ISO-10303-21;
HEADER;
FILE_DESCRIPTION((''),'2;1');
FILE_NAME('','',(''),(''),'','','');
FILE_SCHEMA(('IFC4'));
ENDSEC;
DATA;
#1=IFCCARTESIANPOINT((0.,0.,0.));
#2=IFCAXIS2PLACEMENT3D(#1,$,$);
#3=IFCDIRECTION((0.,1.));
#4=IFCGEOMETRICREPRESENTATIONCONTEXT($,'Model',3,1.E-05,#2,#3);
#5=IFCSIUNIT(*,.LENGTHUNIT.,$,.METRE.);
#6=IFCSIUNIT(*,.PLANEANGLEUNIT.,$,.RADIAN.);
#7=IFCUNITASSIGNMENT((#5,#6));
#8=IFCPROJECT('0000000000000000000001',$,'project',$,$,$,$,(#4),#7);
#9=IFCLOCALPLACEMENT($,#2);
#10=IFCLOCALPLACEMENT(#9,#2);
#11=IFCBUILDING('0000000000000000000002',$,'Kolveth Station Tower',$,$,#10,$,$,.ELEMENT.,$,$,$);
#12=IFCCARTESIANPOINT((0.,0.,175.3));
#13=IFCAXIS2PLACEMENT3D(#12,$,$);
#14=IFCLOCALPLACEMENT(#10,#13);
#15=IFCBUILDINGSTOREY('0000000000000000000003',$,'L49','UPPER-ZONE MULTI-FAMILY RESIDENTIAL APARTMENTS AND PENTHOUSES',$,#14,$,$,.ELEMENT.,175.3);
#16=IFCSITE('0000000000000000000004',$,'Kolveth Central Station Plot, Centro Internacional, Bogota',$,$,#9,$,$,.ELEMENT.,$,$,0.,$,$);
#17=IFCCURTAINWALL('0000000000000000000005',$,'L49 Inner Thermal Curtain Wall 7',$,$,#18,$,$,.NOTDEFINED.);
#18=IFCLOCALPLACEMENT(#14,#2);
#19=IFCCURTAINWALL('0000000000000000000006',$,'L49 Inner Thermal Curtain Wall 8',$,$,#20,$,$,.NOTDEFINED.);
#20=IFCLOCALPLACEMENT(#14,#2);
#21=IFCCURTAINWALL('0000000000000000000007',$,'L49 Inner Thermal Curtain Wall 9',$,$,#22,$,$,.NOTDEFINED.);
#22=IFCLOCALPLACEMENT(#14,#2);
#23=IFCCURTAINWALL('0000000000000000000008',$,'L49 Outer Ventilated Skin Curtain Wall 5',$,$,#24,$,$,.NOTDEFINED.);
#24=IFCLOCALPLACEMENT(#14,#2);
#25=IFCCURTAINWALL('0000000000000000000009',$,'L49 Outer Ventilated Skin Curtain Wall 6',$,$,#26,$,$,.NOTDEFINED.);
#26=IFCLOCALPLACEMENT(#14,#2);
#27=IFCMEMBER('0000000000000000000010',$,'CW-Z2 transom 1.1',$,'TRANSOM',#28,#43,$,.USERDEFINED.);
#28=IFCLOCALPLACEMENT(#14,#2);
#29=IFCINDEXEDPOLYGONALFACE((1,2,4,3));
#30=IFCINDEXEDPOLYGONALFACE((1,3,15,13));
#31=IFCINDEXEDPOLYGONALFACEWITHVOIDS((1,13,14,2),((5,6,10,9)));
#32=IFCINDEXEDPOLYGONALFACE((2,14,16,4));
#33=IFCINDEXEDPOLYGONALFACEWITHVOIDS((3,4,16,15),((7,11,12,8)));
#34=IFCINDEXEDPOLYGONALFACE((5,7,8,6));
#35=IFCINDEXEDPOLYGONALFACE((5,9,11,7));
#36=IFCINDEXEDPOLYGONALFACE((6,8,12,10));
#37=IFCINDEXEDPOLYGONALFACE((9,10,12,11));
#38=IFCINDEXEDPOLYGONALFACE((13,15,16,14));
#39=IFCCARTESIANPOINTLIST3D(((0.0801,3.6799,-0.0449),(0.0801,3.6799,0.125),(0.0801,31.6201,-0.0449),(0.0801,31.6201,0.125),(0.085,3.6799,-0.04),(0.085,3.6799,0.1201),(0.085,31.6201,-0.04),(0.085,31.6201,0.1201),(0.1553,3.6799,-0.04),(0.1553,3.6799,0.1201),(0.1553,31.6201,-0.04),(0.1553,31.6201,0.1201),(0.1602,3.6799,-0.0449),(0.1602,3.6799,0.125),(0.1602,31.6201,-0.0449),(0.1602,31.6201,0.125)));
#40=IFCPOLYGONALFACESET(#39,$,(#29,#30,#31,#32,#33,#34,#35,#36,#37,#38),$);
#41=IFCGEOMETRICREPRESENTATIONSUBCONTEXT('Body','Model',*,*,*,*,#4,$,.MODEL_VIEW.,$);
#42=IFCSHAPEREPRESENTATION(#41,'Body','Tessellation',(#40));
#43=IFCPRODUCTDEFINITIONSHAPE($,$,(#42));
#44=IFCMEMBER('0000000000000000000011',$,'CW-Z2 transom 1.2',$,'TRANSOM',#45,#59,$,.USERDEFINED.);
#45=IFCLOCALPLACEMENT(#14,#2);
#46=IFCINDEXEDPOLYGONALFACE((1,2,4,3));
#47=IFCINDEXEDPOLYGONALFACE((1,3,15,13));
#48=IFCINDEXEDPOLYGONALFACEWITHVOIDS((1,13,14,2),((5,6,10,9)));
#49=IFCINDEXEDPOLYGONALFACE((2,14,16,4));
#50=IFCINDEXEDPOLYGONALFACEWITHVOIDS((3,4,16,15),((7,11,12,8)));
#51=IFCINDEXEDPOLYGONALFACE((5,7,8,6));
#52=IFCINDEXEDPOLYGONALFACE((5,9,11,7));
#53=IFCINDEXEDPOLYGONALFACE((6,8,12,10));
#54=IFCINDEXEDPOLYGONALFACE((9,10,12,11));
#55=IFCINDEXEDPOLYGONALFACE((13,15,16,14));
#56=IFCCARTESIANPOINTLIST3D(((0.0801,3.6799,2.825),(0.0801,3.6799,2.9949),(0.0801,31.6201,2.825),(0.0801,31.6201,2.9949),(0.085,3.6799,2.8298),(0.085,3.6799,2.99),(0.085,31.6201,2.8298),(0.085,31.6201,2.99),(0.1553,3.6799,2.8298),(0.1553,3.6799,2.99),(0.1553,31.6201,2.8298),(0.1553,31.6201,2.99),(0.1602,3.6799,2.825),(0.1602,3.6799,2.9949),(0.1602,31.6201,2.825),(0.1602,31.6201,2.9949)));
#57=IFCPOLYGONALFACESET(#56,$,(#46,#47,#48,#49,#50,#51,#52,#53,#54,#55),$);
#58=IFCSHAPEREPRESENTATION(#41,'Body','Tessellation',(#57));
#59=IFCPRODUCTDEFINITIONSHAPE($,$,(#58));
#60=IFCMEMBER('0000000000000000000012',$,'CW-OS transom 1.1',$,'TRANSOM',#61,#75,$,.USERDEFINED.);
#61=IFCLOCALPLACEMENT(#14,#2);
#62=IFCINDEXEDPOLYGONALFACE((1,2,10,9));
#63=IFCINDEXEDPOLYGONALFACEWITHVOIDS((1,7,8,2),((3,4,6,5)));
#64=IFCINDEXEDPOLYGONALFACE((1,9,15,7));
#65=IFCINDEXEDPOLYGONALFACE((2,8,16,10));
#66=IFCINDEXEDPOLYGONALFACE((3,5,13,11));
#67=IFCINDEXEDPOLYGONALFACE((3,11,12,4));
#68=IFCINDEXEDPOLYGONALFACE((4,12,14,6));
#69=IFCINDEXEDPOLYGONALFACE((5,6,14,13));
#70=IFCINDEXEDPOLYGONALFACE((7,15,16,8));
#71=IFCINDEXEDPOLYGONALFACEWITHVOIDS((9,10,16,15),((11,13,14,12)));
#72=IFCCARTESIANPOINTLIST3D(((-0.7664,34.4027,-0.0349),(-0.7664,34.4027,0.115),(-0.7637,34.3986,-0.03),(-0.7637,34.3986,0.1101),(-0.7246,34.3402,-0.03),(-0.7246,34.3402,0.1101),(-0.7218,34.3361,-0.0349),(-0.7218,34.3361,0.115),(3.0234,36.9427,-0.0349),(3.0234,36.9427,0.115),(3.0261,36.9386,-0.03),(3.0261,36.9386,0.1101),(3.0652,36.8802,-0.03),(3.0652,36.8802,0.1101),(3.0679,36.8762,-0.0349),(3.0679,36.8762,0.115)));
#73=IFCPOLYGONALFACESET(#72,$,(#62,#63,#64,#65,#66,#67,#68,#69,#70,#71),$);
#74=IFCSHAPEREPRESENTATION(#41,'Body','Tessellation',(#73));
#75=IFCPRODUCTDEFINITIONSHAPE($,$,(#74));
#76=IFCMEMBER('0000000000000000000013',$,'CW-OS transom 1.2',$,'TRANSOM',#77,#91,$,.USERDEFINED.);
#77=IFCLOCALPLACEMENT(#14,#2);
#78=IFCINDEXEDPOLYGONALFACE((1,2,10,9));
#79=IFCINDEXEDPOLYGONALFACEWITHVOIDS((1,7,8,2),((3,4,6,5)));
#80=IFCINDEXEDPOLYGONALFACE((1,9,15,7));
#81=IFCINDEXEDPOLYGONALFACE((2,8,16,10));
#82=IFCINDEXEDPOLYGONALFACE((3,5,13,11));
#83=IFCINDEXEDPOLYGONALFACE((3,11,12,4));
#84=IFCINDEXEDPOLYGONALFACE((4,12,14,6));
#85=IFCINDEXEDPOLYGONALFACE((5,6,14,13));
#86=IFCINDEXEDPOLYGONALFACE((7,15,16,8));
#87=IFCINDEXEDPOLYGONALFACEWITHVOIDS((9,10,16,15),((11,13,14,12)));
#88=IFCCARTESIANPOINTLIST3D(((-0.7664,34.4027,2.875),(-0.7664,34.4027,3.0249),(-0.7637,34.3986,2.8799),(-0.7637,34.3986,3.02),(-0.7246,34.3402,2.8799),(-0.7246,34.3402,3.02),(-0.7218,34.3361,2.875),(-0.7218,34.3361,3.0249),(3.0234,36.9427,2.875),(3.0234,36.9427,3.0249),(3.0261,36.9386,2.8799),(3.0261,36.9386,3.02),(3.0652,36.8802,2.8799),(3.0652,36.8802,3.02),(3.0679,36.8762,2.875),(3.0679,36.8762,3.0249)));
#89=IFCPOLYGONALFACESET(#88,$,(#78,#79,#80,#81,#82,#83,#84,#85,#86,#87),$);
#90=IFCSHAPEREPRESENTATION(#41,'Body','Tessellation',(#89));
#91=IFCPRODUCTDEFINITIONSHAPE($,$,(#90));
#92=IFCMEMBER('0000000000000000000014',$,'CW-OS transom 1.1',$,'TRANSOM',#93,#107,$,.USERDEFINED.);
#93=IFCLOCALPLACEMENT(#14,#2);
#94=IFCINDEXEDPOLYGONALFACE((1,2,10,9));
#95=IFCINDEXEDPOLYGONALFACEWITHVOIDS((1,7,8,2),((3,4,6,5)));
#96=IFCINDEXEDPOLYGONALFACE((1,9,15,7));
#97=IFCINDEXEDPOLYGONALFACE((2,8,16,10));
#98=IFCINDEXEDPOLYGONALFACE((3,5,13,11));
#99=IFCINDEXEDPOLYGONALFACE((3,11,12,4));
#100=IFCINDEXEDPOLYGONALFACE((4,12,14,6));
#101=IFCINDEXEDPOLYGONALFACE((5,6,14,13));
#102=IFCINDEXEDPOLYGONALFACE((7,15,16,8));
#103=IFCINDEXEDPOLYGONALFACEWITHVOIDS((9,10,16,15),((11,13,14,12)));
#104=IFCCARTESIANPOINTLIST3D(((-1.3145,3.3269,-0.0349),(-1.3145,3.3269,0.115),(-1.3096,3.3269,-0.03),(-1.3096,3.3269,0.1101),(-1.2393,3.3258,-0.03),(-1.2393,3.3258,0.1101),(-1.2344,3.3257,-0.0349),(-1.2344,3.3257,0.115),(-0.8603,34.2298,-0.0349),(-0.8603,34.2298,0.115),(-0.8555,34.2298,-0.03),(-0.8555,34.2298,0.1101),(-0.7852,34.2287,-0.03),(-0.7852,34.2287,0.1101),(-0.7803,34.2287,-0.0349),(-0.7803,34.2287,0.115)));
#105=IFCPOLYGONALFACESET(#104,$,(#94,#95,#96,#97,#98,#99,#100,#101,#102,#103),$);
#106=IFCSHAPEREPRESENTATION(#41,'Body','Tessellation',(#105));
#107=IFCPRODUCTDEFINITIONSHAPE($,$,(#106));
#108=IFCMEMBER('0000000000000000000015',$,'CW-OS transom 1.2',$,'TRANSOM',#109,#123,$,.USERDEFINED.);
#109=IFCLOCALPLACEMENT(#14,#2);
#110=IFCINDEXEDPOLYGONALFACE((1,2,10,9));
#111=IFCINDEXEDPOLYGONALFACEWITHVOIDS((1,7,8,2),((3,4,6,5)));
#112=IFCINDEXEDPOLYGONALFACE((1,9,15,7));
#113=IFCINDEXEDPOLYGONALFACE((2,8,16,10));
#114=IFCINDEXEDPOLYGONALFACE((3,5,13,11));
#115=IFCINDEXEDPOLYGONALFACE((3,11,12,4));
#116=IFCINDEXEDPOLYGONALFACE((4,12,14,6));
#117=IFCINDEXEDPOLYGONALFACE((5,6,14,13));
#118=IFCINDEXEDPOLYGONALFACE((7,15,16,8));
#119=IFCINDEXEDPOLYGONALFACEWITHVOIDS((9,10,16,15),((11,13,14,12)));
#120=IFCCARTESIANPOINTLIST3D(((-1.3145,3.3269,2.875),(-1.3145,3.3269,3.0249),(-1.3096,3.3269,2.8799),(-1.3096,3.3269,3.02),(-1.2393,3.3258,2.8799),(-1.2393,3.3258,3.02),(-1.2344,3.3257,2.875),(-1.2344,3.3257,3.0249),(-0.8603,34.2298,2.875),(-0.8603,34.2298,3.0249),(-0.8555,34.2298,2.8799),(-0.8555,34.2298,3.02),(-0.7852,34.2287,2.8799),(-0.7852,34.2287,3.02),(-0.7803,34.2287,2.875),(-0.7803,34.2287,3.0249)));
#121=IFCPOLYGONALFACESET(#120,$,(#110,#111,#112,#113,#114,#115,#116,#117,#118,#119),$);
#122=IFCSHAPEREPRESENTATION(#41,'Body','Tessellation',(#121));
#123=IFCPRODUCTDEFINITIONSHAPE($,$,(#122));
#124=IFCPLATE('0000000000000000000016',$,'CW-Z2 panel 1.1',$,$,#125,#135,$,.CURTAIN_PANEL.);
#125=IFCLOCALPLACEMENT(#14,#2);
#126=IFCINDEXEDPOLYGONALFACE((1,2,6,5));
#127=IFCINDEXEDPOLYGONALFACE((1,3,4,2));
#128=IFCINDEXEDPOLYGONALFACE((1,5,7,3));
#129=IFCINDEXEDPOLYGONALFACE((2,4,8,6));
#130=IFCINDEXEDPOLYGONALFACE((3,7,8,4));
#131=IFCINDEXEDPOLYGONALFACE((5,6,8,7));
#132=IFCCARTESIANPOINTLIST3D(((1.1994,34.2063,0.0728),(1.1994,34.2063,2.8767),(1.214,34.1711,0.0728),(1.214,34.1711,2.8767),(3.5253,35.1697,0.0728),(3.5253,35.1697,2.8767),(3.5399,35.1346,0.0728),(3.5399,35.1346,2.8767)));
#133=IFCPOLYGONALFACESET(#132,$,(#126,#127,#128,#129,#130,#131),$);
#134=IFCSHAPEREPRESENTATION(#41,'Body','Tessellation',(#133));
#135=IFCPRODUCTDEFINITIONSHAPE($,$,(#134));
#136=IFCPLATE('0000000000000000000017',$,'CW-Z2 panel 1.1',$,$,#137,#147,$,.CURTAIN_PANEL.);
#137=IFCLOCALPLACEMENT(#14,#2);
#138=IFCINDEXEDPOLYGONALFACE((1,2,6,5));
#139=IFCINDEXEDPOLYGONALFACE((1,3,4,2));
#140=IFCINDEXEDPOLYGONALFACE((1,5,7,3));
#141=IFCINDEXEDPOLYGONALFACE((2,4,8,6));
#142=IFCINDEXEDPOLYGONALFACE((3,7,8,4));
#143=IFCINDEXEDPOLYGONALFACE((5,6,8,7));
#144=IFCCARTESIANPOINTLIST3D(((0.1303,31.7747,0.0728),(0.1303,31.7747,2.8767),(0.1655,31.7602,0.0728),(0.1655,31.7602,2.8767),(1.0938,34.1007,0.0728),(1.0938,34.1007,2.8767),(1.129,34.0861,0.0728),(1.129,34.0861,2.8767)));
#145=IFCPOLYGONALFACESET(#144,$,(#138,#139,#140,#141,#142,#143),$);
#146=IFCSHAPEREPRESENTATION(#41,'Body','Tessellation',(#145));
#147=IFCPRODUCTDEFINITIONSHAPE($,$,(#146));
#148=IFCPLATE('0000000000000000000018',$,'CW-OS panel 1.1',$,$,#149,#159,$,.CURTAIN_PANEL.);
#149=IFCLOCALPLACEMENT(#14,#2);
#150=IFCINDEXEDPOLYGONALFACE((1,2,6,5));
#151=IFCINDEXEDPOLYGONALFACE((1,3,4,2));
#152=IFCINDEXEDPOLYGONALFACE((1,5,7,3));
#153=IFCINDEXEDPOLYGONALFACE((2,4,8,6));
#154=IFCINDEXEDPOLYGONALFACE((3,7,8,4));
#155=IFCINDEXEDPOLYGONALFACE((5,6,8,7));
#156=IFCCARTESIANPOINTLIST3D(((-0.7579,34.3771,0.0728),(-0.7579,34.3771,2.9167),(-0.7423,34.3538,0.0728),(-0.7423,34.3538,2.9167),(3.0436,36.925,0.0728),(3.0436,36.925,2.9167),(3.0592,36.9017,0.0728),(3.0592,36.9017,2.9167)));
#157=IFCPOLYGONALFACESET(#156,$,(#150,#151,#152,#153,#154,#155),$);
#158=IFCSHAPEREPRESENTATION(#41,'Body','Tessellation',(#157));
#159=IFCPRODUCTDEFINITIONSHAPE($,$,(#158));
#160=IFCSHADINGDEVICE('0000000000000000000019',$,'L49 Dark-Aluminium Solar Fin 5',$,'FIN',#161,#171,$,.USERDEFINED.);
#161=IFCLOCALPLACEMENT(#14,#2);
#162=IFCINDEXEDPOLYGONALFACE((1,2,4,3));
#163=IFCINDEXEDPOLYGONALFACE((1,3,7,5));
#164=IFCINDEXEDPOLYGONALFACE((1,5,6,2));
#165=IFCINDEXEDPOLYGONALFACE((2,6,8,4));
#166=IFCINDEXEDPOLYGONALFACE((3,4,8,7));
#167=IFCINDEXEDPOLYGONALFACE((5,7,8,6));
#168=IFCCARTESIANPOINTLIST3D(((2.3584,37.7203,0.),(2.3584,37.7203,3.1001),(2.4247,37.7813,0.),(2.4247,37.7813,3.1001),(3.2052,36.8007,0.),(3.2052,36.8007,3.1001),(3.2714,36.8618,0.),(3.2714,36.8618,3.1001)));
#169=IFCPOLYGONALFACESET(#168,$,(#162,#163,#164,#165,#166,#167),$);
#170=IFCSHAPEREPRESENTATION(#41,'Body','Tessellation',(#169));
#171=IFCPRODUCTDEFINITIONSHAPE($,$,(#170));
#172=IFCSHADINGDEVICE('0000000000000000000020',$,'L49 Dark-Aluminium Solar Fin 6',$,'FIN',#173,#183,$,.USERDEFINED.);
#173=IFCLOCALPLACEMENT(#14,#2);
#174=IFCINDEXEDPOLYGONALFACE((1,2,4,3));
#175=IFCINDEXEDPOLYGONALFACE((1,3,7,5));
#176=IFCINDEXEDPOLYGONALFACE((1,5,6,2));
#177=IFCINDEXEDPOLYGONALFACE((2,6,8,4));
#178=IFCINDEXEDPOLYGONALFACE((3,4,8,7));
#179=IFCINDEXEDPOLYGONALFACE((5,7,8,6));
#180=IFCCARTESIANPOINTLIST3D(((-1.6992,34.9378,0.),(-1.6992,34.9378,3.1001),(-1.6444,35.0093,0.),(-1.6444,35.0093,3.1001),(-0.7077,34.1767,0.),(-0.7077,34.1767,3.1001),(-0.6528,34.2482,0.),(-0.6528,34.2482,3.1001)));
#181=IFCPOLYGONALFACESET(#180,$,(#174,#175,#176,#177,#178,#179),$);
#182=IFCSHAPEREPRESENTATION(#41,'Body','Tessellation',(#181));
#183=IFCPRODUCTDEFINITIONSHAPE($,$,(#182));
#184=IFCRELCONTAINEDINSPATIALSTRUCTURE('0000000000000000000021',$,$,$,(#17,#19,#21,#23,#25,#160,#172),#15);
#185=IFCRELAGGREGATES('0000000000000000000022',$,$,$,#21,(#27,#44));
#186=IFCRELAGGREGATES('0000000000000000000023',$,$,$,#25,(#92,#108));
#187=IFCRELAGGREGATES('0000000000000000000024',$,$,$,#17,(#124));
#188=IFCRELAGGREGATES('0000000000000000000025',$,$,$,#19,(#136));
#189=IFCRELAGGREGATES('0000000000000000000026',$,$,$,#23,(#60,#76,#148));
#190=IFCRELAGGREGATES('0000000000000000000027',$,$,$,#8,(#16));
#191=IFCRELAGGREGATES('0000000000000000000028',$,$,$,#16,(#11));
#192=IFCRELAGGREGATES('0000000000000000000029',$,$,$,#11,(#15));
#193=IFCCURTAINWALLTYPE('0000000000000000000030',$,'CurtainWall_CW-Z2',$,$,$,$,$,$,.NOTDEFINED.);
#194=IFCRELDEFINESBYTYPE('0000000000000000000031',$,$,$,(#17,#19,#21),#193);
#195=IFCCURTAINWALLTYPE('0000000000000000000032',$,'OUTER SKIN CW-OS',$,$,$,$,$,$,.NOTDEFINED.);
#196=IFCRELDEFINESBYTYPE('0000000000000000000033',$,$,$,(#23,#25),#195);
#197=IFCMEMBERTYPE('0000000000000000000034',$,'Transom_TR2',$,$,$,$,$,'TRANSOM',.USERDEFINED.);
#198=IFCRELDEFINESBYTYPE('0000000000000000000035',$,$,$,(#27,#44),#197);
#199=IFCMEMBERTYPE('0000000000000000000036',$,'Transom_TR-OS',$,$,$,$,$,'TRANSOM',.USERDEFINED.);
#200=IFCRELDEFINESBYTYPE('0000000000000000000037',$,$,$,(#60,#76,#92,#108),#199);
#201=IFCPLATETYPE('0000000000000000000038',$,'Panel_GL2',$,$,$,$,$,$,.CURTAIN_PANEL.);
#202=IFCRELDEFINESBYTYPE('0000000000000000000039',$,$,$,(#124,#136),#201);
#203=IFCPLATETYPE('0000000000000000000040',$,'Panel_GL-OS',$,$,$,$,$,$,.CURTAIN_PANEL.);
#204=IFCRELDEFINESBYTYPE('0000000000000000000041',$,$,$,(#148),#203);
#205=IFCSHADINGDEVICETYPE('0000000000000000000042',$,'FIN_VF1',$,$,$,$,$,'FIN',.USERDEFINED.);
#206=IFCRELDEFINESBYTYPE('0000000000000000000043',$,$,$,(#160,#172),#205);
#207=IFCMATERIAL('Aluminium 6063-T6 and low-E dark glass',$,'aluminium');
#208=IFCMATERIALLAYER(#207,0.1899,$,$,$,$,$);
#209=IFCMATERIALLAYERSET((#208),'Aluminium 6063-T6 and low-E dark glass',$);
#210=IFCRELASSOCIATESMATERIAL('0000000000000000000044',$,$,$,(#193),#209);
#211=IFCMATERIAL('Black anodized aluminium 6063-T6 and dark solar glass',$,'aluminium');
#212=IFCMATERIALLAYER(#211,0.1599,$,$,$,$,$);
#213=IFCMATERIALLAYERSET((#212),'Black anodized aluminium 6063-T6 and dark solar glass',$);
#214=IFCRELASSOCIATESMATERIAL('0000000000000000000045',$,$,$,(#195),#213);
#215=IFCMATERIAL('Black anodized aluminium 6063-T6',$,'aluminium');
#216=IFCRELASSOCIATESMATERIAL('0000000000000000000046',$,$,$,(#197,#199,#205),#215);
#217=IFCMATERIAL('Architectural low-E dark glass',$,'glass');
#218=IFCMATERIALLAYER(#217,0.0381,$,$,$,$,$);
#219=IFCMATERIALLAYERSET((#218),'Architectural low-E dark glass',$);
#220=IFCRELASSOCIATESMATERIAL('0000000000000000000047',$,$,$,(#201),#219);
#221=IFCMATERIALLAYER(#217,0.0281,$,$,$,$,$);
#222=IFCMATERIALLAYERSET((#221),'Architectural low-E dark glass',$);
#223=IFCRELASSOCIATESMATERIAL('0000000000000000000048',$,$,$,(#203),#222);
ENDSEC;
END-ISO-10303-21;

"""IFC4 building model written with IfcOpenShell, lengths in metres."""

from ifc_helpers import new_model, si_unit, direction, frame, origin, origin_2d, place, context, subcontext, project, spatial, rectangle, hollow_rectangle, extrude, source, transform, mapped, material, layer, layer_set, material_profile, profile_set, type_object, element, aggregate, save


model = new_model("IFC4")

# Units and contexts
model_context = context("Model", 3, precision=1e-05, world=origin(), true_north=direction((0.0, 1.0)))
body_context = subcontext(model_context, "Body", "Model", "MODEL_VIEW")
ifc_project = project(units=[si_unit("LENGTHUNIT", "METRE"), si_unit("PLANEANGLEUNIT", "RADIAN")], contexts=[model_context])

# Site, building, storey
site_placement = place(None, origin())
site = spatial("IfcSite", under=ifc_project, at=site_placement, Name="Kolveth Central Station Plot, Centro Internacional, Bogota", CompositionType="ELEMENT", RefElevation=0.0)
building_placement = place(site_placement, origin())
building = spatial("IfcBuilding", under=site, at=building_placement, Name="Kolveth Station Tower", CompositionType="ELEMENT")
storey_placement = place(building_placement, frame((0.0, 0.0, 175.3)))
storey = spatial("IfcBuildingStorey", under=building, at=storey_placement, Name="L49", Description="UPPER-ZONE MULTI-FAMILY RESIDENTIAL APARTMENTS AND PENTHOUSES", CompositionType="ELEMENT", Elevation=175.3)

# Curtain wall
ifc_material_1 = material(Name="Aluminium 6063-T6 and low-E dark glass", Category="aluminium")
ifc_layer_1 = layer(ifc_material_1, 0.1899)
ifc_layer_set_1 = layer_set([ifc_layer_1], Name="Aluminium 6063-T6 and low-E dark glass")
curtain_wall_type_1 = type_object("IfcCurtainWallType", Name="CurtainWall_CW-Z2", PredefinedType="NOTDEFINED", material=ifc_layer_set_1)
curtain_wall_1_placement = place(storey_placement, origin())
curtain_wall_1 = element("IfcCurtainWall", 1, at=curtain_wall_1_placement, inside=storey, type_object=curtain_wall_type_1, Name="L49 Inner Thermal Curtain Wall 7", PredefinedType="NOTDEFINED")
ifc_material_2 = material(Name="Black anodized aluminium 6063-T6", Category="aluminium")

# Curtain wall
curtain_wall_2_placement = place(storey_placement, origin())
curtain_wall_2 = element("IfcCurtainWall", 2, at=curtain_wall_2_placement, inside=storey, type_object=curtain_wall_type_1, Name="L49 Inner Thermal Curtain Wall 8", PredefinedType="NOTDEFINED")

# Curtain wall
curtain_wall_3_placement = place(storey_placement, origin())
curtain_wall_3 = element("IfcCurtainWall", 3, at=curtain_wall_3_placement, inside=storey, type_object=curtain_wall_type_1, Name="L49 Inner Thermal Curtain Wall 9", PredefinedType="NOTDEFINED")
ifc_material_3 = material(Name="Black anodized aluminium 6063-T6 and dark solar glass", Category="aluminium")
ifc_layer_2 = layer(ifc_material_3, 0.1599)
ifc_layer_set_2 = layer_set([ifc_layer_2], Name="Black anodized aluminium 6063-T6 and dark solar glass")
curtain_wall_type_2 = type_object("IfcCurtainWallType", Name="OUTER SKIN CW-OS", PredefinedType="NOTDEFINED", material=ifc_layer_set_2)

# Curtain wall
curtain_wall_4_placement = place(storey_placement, origin())
curtain_wall_4 = element("IfcCurtainWall", 4, at=curtain_wall_4_placement, inside=storey, type_object=curtain_wall_type_2, Name="L49 Outer Ventilated Skin Curtain Wall 5", PredefinedType="NOTDEFINED")

# Curtain wall
curtain_wall_5_placement = place(storey_placement, origin())
curtain_wall_5 = element("IfcCurtainWall", 5, at=curtain_wall_5_placement, inside=storey, type_object=curtain_wall_type_2, Name="L49 Outer Ventilated Skin Curtain Wall 6", PredefinedType="NOTDEFINED")

# Members
ifc_material_profile_1 = material_profile(ifc_material_2, hollow_rectangle(XDim=0.0801, YDim=0.1699, WallThickness=0.0049, at=origin_2d()), Name="ALU-80x170x5")
ifc_profile_set_1 = profile_set([ifc_material_profile_1], Name="Black anodized aluminium 6063-T6")
member_type_1 = type_object("IfcMemberType", Name="Transom_TR2", ElementType="TRANSOM", PredefinedType="USERDEFINED", material=ifc_profile_set_1)
shared_shape_1 = source(origin(), body_context, "Body", "SweptSolid", [
    extrude(hollow_rectangle(XDim=0.0801, YDim=0.1699, WallThickness=0.0049, at=origin_2d()), origin(), (0.0, 0.0, 1.0), 27.9402),
])
member_1_placement = place(storey_placement, frame((0.1201, 31.6201, 0.04), z_axis=(0.0, -1.0, 0.0), x_axis=(1.0, 0.0, 0.0)))
member_1 = element("IfcMember", 6, at=member_1_placement, type_object=member_type_1, Name="CW-Z2 transom 1.1", ObjectType="TRANSOM", PredefinedType="USERDEFINED", context=body_context, shape_type="MappedRepresentation", body=[
    mapped(shared_shape_1, transform((0.0, 0.0, 0.0), x_axis=(1.0, 0.0, 0.0), y_axis=(0.0, 1.0, 0.0), z_axis=(0.0, 0.0, 1.0), scale=1.0)),
])
member_2_placement = place(storey_placement, frame((0.1201, 31.6201, 2.9099), z_axis=(0.0, -1.0, 0.0), x_axis=(1.0, 0.0, 0.0)))
member_2 = element("IfcMember", 7, at=member_2_placement, type_object=member_type_1, Name="CW-Z2 transom 1.2", ObjectType="TRANSOM", PredefinedType="USERDEFINED", context=body_context, shape_type="MappedRepresentation", body=[
    mapped(shared_shape_1, transform((0.0, 0.0, 0.0), x_axis=(1.0, 0.0, 0.0), y_axis=(0.0, 1.0, 0.0), z_axis=(0.0, 0.0, 1.0), scale=1.0)),
])
aggregate(curtain_wall_3, [member_1, member_2])
ifc_material_profile_2 = material_profile(ifc_material_2, hollow_rectangle(XDim=0.0801, YDim=0.1499, WallThickness=0.0049, at=origin_2d()), Name="ALU-80x150x5")
ifc_profile_set_2 = profile_set([ifc_material_profile_2], Name="Black anodized aluminium 6063-T6")
member_type_2 = type_object("IfcMemberType", Name="Transom_TR-OS", ElementType="TRANSOM", PredefinedType="USERDEFINED", material=ifc_profile_set_2)
shared_shape_2 = source(origin(), body_context, "Body", "SweptSolid", [
    extrude(hollow_rectangle(XDim=0.0801, YDim=0.1499, WallThickness=0.0049, at=origin_2d()), origin(), (0.0, 0.0, 1.0), 4.5623),
])
member_3_placement = place(storey_placement, frame((3.0457, 36.9094, 0.04), z_axis=(-0.830681, -0.556748, 0.0), x_axis=(0.556748, -0.830681, 0.0)))
member_3 = element("IfcMember", 8, at=member_3_placement, type_object=member_type_2, Name="CW-OS transom 1.1", ObjectType="TRANSOM", PredefinedType="USERDEFINED", context=body_context, shape_type="MappedRepresentation", body=[
    mapped(shared_shape_2, transform((0.0, 0.0, 0.0), x_axis=(1.0, 0.0, 0.0), y_axis=(0.0, 1.0, 0.0), z_axis=(0.0, 0.0, 1.0), scale=1.0)),
])
member_4_placement = place(storey_placement, frame((3.0457, 36.9094, 2.95), z_axis=(-0.830681, -0.556748, 0.0), x_axis=(0.556748, -0.830681, 0.0)))
member_4 = element("IfcMember", 9, at=member_4_placement, type_object=member_type_2, Name="CW-OS transom 1.2", ObjectType="TRANSOM", PredefinedType="USERDEFINED", context=body_context, shape_type="MappedRepresentation", body=[
    mapped(shared_shape_2, transform((0.0, 0.0, 0.0), x_axis=(1.0, 0.0, 0.0), y_axis=(0.0, 1.0, 0.0), z_axis=(0.0, 0.0, 1.0), scale=1.0)),
])
shared_shape_3 = source(origin(), body_context, "Body", "SweptSolid", [
    extrude(hollow_rectangle(XDim=0.0801, YDim=0.1499, WallThickness=0.0049, at=origin_2d()), origin(), (0.0, 0.0, 1.0), 30.9062),
])
member_5_placement = place(storey_placement, frame((-0.8203, 34.2292, 0.04), z_axis=(-0.014693, -0.999892, 0.0), x_axis=(0.999892, -0.014693, 0.0)))
member_5 = element("IfcMember", 10, at=member_5_placement, type_object=member_type_2, Name="CW-OS transom 1.1", ObjectType="TRANSOM", PredefinedType="USERDEFINED", context=body_context, shape_type="MappedRepresentation", body=[
    mapped(shared_shape_3, transform((0.0, 0.0, 0.0), x_axis=(1.0, 0.0, 0.0), y_axis=(0.0, 1.0, 0.0), z_axis=(0.0, 0.0, 1.0), scale=1.0)),
])
member_6_placement = place(storey_placement, frame((-0.8203, 34.2292, 2.95), z_axis=(-0.014693, -0.999892, 0.0), x_axis=(0.999892, -0.014693, 0.0)))
member_6 = element("IfcMember", 11, at=member_6_placement, type_object=member_type_2, Name="CW-OS transom 1.2", ObjectType="TRANSOM", PredefinedType="USERDEFINED", context=body_context, shape_type="MappedRepresentation", body=[
    mapped(shared_shape_3, transform((0.0, 0.0, 0.0), x_axis=(1.0, 0.0, 0.0), y_axis=(0.0, 1.0, 0.0), z_axis=(0.0, 0.0, 1.0), scale=1.0)),
])
aggregate(curtain_wall_5, [member_5, member_6])

# Plates
ifc_material_4 = material(Name="Architectural low-E dark glass", Category="glass")
ifc_layer_3 = layer(ifc_material_4, 0.0381)
ifc_layer_set_3 = layer_set([ifc_layer_3], Name="Architectural low-E dark glass")
plate_type_1 = type_object("IfcPlateType", Name="Panel_GL2", PredefinedType="CURTAIN_PANEL", material=ifc_layer_set_3)
shared_shape_4 = source(origin(), body_context, "Body", "SweptSolid", [
    extrude(rectangle(XDim=2.5176, YDim=0.0381, at=origin_2d()), origin(), (0.0, 0.0, 1.0), 2.804),
])
plate_1_placement = place(storey_placement, frame((2.3696, 34.6704, 0.0728), z_axis=(0.0, 0.0, 1.0), x_axis=(-0.923874, -0.382698, 0.0)))
plate_1 = element("IfcPlate", 12, at=plate_1_placement, type_object=plate_type_1, Name="CW-Z2 panel 1.1", PredefinedType="CURTAIN_PANEL", context=body_context, shape_type="MappedRepresentation", body=[
    mapped(shared_shape_4, transform((0.0, 0.0, 0.0), x_axis=(1.0, 0.0, 0.0), y_axis=(0.0, 1.0, 0.0), z_axis=(0.0, 0.0, 1.0), scale=1.0)),
])
aggregate(curtain_wall_1, [plate_1])
plate_2_placement = place(storey_placement, frame((0.6296, 32.9304, 0.0728), z_axis=(0.0, 0.0, 1.0), x_axis=(-0.382698, -0.923874, 0.0)))
plate_2 = element("IfcPlate", 13, at=plate_2_placement, type_object=plate_type_1, Name="CW-Z2 panel 1.1", PredefinedType="CURTAIN_PANEL", context=body_context, shape_type="MappedRepresentation", body=[
    mapped(shared_shape_4, transform((0.0, 0.0, 0.0), x_axis=(1.0, 0.0, 0.0), y_axis=(0.0, 1.0, 0.0), z_axis=(0.0, 0.0, 1.0), scale=1.0)),
])
aggregate(curtain_wall_2, [plate_2])
ifc_layer_4 = layer(ifc_material_4, 0.0281)
ifc_layer_set_4 = layer_set([ifc_layer_4], Name="Architectural low-E dark glass")
plate_type_2 = type_object("IfcPlateType", Name="Panel_GL-OS", PredefinedType="CURTAIN_PANEL", material=ifc_layer_set_4)
shared_shape_5 = source(origin(), body_context, "Body", "SweptSolid", [
    extrude(rectangle(XDim=4.5764, YDim=0.0281, at=origin_2d()), origin(), (0.0, 0.0, 1.0), 2.844),
])
plate_3_placement = place(storey_placement, frame((1.1506, 35.6394, 0.0728), z_axis=(0.0, 0.0, 1.0), x_axis=(-0.830675, -0.556757, 0.0)))
plate_3 = element("IfcPlate", 14, at=plate_3_placement, type_object=plate_type_2, Name="CW-OS panel 1.1", PredefinedType="CURTAIN_PANEL", context=body_context, shape_type="MappedRepresentation", body=[
    mapped(shared_shape_5, transform((0.0, 0.0, 0.0), x_axis=(1.0, 0.0, 0.0), y_axis=(0.0, 1.0, 0.0), z_axis=(0.0, 0.0, 1.0), scale=1.0)),
])
aggregate(curtain_wall_4, [member_3, member_4, plate_3])

# Shading devices
shading_device_type = type_object("IfcShadingDeviceType", Name="FIN_VF1", ElementType="FIN", PredefinedType="USERDEFINED", material=ifc_material_2)
shared_shape_6 = source(origin(), body_context, "Body", "SweptSolid", [
    extrude(rectangle(XDim=1.25, YDim=0.0901, at=origin_2d()), origin(), (0.0, 0.0, 1.0), 3.1001),
])
for number, where, z_axis, x_axis, name in (
    (15, (2.8149, 37.291, 0.0), (0.0, 0.0, 1.0), (-0.67739, 0.735624, 0.0), "L49 Dark-Aluminium Solar Fin 5"),
    (16, (-1.176, 34.593, 0.0), (0.0, 0.0, 1.0), (-0.793247, 0.6089, 0.0), "L49 Dark-Aluminium Solar Fin 6"),
):
    element("IfcShadingDevice", number, at=place(storey_placement, frame(where, z_axis=z_axis, x_axis=x_axis)), inside=storey, type_object=shading_device_type, Name=name, ObjectType="FIN", PredefinedType="USERDEFINED", context=body_context, shape_type="MappedRepresentation", body=[
        mapped(shared_shape_6, transform((0.0, 0.0, 0.0), x_axis=(1.0, 0.0, 0.0), y_axis=(0.0, 1.0, 0.0), z_axis=(0.0, 0.0, 1.0), scale=1.0)),
    ])

save(model, "model.ifc")
